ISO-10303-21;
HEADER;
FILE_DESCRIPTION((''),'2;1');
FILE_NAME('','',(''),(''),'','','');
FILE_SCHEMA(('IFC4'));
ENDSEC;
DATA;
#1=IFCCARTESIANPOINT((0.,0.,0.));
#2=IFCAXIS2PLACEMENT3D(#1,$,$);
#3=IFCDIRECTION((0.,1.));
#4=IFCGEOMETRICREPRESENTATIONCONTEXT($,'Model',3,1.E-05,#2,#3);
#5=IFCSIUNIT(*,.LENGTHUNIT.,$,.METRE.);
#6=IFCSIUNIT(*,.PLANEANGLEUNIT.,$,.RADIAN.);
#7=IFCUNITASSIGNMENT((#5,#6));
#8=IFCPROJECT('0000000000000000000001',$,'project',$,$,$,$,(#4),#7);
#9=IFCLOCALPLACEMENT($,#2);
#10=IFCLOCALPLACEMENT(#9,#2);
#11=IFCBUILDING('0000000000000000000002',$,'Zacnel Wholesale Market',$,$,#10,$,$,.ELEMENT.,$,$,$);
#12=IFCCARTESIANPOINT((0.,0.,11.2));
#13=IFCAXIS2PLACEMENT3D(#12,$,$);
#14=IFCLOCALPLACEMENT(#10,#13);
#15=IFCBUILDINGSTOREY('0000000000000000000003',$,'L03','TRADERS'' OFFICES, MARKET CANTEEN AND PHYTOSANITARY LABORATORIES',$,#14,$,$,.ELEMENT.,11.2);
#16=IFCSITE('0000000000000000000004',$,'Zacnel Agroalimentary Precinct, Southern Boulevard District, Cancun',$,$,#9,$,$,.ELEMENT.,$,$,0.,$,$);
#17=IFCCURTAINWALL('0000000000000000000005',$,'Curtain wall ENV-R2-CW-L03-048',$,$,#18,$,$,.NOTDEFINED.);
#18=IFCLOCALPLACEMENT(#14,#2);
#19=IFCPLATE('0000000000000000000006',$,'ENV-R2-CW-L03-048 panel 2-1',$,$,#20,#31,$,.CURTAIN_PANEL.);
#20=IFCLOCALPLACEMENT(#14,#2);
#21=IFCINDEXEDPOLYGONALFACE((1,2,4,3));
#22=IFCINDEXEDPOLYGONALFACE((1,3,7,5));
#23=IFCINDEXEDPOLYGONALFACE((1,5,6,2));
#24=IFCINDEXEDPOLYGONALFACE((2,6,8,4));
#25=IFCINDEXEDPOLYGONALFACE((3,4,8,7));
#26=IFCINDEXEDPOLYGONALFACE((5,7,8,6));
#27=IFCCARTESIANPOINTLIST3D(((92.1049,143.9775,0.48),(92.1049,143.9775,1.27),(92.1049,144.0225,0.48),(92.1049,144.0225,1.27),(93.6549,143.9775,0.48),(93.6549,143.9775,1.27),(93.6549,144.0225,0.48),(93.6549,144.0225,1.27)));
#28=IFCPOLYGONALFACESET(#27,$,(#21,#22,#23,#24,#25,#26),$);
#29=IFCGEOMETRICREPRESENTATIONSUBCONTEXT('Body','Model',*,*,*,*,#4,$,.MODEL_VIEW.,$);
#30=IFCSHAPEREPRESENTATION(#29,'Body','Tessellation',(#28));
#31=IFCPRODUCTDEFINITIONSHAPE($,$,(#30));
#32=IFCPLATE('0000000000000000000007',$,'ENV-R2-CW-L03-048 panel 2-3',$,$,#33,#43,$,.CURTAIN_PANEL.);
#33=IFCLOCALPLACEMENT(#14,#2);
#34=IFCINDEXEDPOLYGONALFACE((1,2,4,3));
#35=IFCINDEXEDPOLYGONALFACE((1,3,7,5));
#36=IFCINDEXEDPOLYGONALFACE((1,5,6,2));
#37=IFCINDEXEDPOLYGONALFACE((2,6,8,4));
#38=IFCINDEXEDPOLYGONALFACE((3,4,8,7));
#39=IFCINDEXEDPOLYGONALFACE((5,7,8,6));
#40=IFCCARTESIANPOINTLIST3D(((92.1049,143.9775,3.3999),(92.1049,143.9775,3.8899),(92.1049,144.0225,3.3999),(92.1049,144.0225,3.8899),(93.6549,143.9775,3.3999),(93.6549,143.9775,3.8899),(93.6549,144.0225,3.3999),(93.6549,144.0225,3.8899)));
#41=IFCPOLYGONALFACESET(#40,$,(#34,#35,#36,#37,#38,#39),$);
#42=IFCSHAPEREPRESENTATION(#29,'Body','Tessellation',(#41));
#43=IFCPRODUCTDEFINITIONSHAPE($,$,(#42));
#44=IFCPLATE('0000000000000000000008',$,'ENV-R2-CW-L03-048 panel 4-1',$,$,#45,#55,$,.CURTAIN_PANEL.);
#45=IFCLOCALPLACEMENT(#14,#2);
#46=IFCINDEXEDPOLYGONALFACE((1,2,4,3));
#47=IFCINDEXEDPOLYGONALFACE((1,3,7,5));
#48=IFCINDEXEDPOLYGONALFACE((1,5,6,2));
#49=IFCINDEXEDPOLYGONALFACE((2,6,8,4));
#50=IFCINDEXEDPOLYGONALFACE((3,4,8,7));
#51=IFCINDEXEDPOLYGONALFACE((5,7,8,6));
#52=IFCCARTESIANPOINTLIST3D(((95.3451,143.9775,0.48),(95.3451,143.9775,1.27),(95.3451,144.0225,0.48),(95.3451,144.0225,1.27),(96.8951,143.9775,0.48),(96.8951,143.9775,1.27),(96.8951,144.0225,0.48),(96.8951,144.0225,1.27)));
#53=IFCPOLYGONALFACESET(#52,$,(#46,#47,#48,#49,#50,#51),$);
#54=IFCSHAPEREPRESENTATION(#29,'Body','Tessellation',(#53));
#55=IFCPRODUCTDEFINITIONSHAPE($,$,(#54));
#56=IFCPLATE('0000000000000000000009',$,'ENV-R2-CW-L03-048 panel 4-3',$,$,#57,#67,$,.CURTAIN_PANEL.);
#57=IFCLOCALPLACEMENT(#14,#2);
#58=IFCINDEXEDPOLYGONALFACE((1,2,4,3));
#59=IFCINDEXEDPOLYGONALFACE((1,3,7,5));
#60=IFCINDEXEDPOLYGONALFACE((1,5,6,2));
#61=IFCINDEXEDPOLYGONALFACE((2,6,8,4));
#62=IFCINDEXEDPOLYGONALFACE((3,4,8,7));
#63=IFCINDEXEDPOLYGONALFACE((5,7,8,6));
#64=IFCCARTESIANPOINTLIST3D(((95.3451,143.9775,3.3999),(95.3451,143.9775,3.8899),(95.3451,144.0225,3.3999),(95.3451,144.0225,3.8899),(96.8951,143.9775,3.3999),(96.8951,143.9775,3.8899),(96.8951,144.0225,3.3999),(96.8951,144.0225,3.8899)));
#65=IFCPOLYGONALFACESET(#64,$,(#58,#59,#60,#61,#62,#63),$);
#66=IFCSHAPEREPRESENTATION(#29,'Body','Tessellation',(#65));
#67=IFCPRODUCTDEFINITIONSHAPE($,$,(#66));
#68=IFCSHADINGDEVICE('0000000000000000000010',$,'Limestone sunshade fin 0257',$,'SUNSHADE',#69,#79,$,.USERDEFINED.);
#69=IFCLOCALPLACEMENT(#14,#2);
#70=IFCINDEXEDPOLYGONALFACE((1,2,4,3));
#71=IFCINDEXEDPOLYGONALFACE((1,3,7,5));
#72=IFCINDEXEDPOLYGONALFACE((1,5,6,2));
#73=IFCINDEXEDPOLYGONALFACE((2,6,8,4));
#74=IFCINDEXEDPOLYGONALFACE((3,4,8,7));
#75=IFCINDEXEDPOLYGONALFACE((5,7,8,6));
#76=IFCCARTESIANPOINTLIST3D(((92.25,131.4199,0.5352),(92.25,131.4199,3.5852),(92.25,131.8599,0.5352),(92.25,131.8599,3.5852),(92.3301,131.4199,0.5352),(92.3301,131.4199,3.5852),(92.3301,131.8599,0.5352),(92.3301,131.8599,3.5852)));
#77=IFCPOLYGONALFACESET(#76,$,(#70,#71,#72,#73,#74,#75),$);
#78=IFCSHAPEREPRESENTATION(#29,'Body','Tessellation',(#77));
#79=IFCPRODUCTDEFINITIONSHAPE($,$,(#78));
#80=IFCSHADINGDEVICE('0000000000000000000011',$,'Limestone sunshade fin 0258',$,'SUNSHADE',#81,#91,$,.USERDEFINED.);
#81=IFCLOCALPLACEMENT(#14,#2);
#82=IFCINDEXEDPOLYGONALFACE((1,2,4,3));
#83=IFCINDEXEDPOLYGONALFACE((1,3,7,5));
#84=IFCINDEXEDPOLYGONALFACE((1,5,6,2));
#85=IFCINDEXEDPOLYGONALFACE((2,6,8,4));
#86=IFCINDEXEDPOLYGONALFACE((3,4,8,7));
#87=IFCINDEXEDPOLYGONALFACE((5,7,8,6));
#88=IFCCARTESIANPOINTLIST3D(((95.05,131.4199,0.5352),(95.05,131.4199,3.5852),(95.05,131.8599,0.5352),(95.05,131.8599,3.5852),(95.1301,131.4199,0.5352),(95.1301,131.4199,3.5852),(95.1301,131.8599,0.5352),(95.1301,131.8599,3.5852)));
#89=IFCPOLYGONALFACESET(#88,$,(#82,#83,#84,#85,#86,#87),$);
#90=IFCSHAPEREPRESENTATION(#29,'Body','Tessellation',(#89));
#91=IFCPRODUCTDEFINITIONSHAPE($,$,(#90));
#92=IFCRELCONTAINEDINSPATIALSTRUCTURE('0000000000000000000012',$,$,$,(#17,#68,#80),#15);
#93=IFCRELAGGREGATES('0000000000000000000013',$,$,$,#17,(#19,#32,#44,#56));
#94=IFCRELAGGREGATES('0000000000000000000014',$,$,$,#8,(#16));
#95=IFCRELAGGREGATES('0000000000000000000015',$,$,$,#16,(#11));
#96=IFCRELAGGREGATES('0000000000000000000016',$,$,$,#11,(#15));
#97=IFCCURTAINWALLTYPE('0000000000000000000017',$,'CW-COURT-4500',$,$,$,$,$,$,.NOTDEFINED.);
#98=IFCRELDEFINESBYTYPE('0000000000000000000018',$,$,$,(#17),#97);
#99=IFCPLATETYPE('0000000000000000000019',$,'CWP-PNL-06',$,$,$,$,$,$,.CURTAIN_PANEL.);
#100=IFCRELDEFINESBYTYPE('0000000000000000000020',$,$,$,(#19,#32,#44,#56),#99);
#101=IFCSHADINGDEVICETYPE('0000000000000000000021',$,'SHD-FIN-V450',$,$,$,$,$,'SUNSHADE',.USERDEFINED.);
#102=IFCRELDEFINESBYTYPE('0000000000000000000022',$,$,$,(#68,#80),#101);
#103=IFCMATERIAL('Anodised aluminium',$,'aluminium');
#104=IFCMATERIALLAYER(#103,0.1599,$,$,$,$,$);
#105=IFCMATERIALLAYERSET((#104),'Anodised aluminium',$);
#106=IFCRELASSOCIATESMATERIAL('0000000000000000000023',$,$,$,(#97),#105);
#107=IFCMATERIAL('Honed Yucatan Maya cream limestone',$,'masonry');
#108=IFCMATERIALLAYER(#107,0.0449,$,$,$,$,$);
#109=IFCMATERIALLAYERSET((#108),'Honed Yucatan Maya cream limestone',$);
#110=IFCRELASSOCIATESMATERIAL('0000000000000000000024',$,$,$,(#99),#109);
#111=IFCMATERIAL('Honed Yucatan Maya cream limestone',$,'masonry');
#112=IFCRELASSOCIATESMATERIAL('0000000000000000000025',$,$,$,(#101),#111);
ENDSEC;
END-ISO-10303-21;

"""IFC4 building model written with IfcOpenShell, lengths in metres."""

from ifc_helpers import new_model, si_unit, direction, frame, origin, origin_2d, place, context, subcontext, project, spatial, rectangle, extrude, material, layer, layer_set, type_object, element, aggregate, save


model = new_model("IFC4")

# Units and contexts
model_context = context("Model", 3, precision=1e-05, world=origin(), true_north=direction((0.0, 1.0)))
body_context = subcontext(model_context, "Body", "Model", "MODEL_VIEW")
ifc_project = project(units=[si_unit("LENGTHUNIT", "METRE"), si_unit("PLANEANGLEUNIT", "RADIAN")], contexts=[model_context])

# Site, building, storey
site_placement = place(None, origin())
site = spatial("IfcSite", under=ifc_project, at=site_placement, Name="Zacnel Agroalimentary Precinct, Southern Boulevard District, Cancun", CompositionType="ELEMENT", RefElevation=0.0)
building_placement = place(site_placement, origin())
building = spatial("IfcBuilding", under=site, at=building_placement, Name="Zacnel Wholesale Market", CompositionType="ELEMENT")
storey_placement = place(building_placement, frame((0.0, 0.0, 11.2)))
storey = spatial("IfcBuildingStorey", under=building, at=storey_placement, Name="L03", Description="TRADERS' OFFICES, MARKET CANTEEN AND PHYTOSANITARY LABORATORIES", CompositionType="ELEMENT", Elevation=11.2)

# Curtain wall, plates
ifc_material_1 = material(Name="Anodised aluminium", Category="aluminium")
ifc_layer_1 = layer(ifc_material_1, 0.1599)
ifc_layer_set_1 = layer_set([ifc_layer_1], Name="Anodised aluminium")
curtain_wall_type = type_object("IfcCurtainWallType", Name="CW-COURT-4500", PredefinedType="NOTDEFINED", material=ifc_layer_set_1)
curtain_wall_placement = place(storey_placement, origin())
curtain_wall = element("IfcCurtainWall", 1, at=curtain_wall_placement, inside=storey, type_object=curtain_wall_type, Name="Curtain wall ENV-R2-CW-L03-048", PredefinedType="NOTDEFINED")
ifc_material_2 = material(Name="Honed Yucatan Maya cream limestone", Category="masonry")
ifc_layer_2 = layer(ifc_material_2, 0.0449)
ifc_layer_set_2 = layer_set([ifc_layer_2], Name="Honed Yucatan Maya cream limestone")
plate_type_1 = type_object("IfcPlateType", Name="CWP-PNL-06", PredefinedType="CURTAIN_PANEL", material=ifc_layer_set_2)
plate_1_placement = place(storey_placement, frame((92.8799, 144.0, 0.48), z_axis=(0.0, 0.0, 1.0), x_axis=(1.0, 0.0, 0.0)))
plate_1 = element("IfcPlate", 2, at=plate_1_placement, type_object=plate_type_1, Name="ENV-R2-CW-L03-048 panel 2-1", PredefinedType="CURTAIN_PANEL", context=body_context, shape_type="SweptSolid", body=[
    extrude(rectangle(XDim=1.55, YDim=0.0449, at=origin_2d()), origin(), (0.0, 0.0, 1.0), 0.79),
])
plate_2_placement = place(storey_placement, frame((92.8799, 144.0, 3.3999), z_axis=(0.0, 0.0, 1.0), x_axis=(1.0, 0.0, 0.0)))
plate_2 = element("IfcPlate", 3, at=plate_2_placement, type_object=plate_type_1, Name="ENV-R2-CW-L03-048 panel 2-3", PredefinedType="CURTAIN_PANEL", context=body_context, shape_type="SweptSolid", body=[
    extrude(rectangle(XDim=1.55, YDim=0.0449, at=origin_2d()), origin(), (0.0, 0.0, 1.0), 0.49),
])
plate_3_placement = place(storey_placement, frame((96.1201, 144.0, 0.48), z_axis=(0.0, 0.0, 1.0), x_axis=(1.0, 0.0, 0.0)))
plate_3 = element("IfcPlate", 4, at=plate_3_placement, type_object=plate_type_1, Name="ENV-R2-CW-L03-048 panel 4-1", PredefinedType="CURTAIN_PANEL", context=body_context, shape_type="SweptSolid", body=[
    extrude(rectangle(XDim=1.55, YDim=0.0449, at=origin_2d()), origin(), (0.0, 0.0, 1.0), 0.79),
])
plate_4_placement = place(storey_placement, frame((96.1201, 144.0, 3.3999), z_axis=(0.0, 0.0, 1.0), x_axis=(1.0, 0.0, 0.0)))
plate_4 = element("IfcPlate", 5, at=plate_4_placement, type_object=plate_type_1, Name="ENV-R2-CW-L03-048 panel 4-3", PredefinedType="CURTAIN_PANEL", context=body_context, shape_type="SweptSolid", body=[
    extrude(rectangle(XDim=1.55, YDim=0.0449, at=origin_2d()), origin(), (0.0, 0.0, 1.0), 0.49),
])
aggregate(curtain_wall, [plate_1, plate_2, plate_3, plate_4])

# Shading devices
ifc_material_3 = material(Name="Honed Yucatan Maya cream limestone", Category="masonry")
shading_device_type = type_object("IfcShadingDeviceType", Name="SHD-FIN-V450", ElementType="SUNSHADE", PredefinedType="USERDEFINED", material=ifc_material_3)
for number, where, z_axis, x_axis, name in (
    (6, (92.29, 131.6399, 0.5352), (0.0, 0.0, 1.0), (1.0, 0.0, 0.0), "Limestone sunshade fin 0257"),
    (7, (95.0901, 131.6399, 0.5352), (0.0, 0.0, 1.0), (1.0, 0.0, 0.0), "Limestone sunshade fin 0258"),
):
    element("IfcShadingDevice", number, at=place(storey_placement, frame(where, z_axis=z_axis, x_axis=x_axis)), inside=storey, type_object=shading_device_type, Name=name, ObjectType="SUNSHADE", PredefinedType="USERDEFINED", context=body_context, shape_type="SweptSolid", body=[
        extrude(rectangle(XDim=0.0801, YDim=0.4399, at=origin_2d()), origin(), (0.0, 0.0, 1.0), 3.05),
    ])

save(model, "model.ifc")
